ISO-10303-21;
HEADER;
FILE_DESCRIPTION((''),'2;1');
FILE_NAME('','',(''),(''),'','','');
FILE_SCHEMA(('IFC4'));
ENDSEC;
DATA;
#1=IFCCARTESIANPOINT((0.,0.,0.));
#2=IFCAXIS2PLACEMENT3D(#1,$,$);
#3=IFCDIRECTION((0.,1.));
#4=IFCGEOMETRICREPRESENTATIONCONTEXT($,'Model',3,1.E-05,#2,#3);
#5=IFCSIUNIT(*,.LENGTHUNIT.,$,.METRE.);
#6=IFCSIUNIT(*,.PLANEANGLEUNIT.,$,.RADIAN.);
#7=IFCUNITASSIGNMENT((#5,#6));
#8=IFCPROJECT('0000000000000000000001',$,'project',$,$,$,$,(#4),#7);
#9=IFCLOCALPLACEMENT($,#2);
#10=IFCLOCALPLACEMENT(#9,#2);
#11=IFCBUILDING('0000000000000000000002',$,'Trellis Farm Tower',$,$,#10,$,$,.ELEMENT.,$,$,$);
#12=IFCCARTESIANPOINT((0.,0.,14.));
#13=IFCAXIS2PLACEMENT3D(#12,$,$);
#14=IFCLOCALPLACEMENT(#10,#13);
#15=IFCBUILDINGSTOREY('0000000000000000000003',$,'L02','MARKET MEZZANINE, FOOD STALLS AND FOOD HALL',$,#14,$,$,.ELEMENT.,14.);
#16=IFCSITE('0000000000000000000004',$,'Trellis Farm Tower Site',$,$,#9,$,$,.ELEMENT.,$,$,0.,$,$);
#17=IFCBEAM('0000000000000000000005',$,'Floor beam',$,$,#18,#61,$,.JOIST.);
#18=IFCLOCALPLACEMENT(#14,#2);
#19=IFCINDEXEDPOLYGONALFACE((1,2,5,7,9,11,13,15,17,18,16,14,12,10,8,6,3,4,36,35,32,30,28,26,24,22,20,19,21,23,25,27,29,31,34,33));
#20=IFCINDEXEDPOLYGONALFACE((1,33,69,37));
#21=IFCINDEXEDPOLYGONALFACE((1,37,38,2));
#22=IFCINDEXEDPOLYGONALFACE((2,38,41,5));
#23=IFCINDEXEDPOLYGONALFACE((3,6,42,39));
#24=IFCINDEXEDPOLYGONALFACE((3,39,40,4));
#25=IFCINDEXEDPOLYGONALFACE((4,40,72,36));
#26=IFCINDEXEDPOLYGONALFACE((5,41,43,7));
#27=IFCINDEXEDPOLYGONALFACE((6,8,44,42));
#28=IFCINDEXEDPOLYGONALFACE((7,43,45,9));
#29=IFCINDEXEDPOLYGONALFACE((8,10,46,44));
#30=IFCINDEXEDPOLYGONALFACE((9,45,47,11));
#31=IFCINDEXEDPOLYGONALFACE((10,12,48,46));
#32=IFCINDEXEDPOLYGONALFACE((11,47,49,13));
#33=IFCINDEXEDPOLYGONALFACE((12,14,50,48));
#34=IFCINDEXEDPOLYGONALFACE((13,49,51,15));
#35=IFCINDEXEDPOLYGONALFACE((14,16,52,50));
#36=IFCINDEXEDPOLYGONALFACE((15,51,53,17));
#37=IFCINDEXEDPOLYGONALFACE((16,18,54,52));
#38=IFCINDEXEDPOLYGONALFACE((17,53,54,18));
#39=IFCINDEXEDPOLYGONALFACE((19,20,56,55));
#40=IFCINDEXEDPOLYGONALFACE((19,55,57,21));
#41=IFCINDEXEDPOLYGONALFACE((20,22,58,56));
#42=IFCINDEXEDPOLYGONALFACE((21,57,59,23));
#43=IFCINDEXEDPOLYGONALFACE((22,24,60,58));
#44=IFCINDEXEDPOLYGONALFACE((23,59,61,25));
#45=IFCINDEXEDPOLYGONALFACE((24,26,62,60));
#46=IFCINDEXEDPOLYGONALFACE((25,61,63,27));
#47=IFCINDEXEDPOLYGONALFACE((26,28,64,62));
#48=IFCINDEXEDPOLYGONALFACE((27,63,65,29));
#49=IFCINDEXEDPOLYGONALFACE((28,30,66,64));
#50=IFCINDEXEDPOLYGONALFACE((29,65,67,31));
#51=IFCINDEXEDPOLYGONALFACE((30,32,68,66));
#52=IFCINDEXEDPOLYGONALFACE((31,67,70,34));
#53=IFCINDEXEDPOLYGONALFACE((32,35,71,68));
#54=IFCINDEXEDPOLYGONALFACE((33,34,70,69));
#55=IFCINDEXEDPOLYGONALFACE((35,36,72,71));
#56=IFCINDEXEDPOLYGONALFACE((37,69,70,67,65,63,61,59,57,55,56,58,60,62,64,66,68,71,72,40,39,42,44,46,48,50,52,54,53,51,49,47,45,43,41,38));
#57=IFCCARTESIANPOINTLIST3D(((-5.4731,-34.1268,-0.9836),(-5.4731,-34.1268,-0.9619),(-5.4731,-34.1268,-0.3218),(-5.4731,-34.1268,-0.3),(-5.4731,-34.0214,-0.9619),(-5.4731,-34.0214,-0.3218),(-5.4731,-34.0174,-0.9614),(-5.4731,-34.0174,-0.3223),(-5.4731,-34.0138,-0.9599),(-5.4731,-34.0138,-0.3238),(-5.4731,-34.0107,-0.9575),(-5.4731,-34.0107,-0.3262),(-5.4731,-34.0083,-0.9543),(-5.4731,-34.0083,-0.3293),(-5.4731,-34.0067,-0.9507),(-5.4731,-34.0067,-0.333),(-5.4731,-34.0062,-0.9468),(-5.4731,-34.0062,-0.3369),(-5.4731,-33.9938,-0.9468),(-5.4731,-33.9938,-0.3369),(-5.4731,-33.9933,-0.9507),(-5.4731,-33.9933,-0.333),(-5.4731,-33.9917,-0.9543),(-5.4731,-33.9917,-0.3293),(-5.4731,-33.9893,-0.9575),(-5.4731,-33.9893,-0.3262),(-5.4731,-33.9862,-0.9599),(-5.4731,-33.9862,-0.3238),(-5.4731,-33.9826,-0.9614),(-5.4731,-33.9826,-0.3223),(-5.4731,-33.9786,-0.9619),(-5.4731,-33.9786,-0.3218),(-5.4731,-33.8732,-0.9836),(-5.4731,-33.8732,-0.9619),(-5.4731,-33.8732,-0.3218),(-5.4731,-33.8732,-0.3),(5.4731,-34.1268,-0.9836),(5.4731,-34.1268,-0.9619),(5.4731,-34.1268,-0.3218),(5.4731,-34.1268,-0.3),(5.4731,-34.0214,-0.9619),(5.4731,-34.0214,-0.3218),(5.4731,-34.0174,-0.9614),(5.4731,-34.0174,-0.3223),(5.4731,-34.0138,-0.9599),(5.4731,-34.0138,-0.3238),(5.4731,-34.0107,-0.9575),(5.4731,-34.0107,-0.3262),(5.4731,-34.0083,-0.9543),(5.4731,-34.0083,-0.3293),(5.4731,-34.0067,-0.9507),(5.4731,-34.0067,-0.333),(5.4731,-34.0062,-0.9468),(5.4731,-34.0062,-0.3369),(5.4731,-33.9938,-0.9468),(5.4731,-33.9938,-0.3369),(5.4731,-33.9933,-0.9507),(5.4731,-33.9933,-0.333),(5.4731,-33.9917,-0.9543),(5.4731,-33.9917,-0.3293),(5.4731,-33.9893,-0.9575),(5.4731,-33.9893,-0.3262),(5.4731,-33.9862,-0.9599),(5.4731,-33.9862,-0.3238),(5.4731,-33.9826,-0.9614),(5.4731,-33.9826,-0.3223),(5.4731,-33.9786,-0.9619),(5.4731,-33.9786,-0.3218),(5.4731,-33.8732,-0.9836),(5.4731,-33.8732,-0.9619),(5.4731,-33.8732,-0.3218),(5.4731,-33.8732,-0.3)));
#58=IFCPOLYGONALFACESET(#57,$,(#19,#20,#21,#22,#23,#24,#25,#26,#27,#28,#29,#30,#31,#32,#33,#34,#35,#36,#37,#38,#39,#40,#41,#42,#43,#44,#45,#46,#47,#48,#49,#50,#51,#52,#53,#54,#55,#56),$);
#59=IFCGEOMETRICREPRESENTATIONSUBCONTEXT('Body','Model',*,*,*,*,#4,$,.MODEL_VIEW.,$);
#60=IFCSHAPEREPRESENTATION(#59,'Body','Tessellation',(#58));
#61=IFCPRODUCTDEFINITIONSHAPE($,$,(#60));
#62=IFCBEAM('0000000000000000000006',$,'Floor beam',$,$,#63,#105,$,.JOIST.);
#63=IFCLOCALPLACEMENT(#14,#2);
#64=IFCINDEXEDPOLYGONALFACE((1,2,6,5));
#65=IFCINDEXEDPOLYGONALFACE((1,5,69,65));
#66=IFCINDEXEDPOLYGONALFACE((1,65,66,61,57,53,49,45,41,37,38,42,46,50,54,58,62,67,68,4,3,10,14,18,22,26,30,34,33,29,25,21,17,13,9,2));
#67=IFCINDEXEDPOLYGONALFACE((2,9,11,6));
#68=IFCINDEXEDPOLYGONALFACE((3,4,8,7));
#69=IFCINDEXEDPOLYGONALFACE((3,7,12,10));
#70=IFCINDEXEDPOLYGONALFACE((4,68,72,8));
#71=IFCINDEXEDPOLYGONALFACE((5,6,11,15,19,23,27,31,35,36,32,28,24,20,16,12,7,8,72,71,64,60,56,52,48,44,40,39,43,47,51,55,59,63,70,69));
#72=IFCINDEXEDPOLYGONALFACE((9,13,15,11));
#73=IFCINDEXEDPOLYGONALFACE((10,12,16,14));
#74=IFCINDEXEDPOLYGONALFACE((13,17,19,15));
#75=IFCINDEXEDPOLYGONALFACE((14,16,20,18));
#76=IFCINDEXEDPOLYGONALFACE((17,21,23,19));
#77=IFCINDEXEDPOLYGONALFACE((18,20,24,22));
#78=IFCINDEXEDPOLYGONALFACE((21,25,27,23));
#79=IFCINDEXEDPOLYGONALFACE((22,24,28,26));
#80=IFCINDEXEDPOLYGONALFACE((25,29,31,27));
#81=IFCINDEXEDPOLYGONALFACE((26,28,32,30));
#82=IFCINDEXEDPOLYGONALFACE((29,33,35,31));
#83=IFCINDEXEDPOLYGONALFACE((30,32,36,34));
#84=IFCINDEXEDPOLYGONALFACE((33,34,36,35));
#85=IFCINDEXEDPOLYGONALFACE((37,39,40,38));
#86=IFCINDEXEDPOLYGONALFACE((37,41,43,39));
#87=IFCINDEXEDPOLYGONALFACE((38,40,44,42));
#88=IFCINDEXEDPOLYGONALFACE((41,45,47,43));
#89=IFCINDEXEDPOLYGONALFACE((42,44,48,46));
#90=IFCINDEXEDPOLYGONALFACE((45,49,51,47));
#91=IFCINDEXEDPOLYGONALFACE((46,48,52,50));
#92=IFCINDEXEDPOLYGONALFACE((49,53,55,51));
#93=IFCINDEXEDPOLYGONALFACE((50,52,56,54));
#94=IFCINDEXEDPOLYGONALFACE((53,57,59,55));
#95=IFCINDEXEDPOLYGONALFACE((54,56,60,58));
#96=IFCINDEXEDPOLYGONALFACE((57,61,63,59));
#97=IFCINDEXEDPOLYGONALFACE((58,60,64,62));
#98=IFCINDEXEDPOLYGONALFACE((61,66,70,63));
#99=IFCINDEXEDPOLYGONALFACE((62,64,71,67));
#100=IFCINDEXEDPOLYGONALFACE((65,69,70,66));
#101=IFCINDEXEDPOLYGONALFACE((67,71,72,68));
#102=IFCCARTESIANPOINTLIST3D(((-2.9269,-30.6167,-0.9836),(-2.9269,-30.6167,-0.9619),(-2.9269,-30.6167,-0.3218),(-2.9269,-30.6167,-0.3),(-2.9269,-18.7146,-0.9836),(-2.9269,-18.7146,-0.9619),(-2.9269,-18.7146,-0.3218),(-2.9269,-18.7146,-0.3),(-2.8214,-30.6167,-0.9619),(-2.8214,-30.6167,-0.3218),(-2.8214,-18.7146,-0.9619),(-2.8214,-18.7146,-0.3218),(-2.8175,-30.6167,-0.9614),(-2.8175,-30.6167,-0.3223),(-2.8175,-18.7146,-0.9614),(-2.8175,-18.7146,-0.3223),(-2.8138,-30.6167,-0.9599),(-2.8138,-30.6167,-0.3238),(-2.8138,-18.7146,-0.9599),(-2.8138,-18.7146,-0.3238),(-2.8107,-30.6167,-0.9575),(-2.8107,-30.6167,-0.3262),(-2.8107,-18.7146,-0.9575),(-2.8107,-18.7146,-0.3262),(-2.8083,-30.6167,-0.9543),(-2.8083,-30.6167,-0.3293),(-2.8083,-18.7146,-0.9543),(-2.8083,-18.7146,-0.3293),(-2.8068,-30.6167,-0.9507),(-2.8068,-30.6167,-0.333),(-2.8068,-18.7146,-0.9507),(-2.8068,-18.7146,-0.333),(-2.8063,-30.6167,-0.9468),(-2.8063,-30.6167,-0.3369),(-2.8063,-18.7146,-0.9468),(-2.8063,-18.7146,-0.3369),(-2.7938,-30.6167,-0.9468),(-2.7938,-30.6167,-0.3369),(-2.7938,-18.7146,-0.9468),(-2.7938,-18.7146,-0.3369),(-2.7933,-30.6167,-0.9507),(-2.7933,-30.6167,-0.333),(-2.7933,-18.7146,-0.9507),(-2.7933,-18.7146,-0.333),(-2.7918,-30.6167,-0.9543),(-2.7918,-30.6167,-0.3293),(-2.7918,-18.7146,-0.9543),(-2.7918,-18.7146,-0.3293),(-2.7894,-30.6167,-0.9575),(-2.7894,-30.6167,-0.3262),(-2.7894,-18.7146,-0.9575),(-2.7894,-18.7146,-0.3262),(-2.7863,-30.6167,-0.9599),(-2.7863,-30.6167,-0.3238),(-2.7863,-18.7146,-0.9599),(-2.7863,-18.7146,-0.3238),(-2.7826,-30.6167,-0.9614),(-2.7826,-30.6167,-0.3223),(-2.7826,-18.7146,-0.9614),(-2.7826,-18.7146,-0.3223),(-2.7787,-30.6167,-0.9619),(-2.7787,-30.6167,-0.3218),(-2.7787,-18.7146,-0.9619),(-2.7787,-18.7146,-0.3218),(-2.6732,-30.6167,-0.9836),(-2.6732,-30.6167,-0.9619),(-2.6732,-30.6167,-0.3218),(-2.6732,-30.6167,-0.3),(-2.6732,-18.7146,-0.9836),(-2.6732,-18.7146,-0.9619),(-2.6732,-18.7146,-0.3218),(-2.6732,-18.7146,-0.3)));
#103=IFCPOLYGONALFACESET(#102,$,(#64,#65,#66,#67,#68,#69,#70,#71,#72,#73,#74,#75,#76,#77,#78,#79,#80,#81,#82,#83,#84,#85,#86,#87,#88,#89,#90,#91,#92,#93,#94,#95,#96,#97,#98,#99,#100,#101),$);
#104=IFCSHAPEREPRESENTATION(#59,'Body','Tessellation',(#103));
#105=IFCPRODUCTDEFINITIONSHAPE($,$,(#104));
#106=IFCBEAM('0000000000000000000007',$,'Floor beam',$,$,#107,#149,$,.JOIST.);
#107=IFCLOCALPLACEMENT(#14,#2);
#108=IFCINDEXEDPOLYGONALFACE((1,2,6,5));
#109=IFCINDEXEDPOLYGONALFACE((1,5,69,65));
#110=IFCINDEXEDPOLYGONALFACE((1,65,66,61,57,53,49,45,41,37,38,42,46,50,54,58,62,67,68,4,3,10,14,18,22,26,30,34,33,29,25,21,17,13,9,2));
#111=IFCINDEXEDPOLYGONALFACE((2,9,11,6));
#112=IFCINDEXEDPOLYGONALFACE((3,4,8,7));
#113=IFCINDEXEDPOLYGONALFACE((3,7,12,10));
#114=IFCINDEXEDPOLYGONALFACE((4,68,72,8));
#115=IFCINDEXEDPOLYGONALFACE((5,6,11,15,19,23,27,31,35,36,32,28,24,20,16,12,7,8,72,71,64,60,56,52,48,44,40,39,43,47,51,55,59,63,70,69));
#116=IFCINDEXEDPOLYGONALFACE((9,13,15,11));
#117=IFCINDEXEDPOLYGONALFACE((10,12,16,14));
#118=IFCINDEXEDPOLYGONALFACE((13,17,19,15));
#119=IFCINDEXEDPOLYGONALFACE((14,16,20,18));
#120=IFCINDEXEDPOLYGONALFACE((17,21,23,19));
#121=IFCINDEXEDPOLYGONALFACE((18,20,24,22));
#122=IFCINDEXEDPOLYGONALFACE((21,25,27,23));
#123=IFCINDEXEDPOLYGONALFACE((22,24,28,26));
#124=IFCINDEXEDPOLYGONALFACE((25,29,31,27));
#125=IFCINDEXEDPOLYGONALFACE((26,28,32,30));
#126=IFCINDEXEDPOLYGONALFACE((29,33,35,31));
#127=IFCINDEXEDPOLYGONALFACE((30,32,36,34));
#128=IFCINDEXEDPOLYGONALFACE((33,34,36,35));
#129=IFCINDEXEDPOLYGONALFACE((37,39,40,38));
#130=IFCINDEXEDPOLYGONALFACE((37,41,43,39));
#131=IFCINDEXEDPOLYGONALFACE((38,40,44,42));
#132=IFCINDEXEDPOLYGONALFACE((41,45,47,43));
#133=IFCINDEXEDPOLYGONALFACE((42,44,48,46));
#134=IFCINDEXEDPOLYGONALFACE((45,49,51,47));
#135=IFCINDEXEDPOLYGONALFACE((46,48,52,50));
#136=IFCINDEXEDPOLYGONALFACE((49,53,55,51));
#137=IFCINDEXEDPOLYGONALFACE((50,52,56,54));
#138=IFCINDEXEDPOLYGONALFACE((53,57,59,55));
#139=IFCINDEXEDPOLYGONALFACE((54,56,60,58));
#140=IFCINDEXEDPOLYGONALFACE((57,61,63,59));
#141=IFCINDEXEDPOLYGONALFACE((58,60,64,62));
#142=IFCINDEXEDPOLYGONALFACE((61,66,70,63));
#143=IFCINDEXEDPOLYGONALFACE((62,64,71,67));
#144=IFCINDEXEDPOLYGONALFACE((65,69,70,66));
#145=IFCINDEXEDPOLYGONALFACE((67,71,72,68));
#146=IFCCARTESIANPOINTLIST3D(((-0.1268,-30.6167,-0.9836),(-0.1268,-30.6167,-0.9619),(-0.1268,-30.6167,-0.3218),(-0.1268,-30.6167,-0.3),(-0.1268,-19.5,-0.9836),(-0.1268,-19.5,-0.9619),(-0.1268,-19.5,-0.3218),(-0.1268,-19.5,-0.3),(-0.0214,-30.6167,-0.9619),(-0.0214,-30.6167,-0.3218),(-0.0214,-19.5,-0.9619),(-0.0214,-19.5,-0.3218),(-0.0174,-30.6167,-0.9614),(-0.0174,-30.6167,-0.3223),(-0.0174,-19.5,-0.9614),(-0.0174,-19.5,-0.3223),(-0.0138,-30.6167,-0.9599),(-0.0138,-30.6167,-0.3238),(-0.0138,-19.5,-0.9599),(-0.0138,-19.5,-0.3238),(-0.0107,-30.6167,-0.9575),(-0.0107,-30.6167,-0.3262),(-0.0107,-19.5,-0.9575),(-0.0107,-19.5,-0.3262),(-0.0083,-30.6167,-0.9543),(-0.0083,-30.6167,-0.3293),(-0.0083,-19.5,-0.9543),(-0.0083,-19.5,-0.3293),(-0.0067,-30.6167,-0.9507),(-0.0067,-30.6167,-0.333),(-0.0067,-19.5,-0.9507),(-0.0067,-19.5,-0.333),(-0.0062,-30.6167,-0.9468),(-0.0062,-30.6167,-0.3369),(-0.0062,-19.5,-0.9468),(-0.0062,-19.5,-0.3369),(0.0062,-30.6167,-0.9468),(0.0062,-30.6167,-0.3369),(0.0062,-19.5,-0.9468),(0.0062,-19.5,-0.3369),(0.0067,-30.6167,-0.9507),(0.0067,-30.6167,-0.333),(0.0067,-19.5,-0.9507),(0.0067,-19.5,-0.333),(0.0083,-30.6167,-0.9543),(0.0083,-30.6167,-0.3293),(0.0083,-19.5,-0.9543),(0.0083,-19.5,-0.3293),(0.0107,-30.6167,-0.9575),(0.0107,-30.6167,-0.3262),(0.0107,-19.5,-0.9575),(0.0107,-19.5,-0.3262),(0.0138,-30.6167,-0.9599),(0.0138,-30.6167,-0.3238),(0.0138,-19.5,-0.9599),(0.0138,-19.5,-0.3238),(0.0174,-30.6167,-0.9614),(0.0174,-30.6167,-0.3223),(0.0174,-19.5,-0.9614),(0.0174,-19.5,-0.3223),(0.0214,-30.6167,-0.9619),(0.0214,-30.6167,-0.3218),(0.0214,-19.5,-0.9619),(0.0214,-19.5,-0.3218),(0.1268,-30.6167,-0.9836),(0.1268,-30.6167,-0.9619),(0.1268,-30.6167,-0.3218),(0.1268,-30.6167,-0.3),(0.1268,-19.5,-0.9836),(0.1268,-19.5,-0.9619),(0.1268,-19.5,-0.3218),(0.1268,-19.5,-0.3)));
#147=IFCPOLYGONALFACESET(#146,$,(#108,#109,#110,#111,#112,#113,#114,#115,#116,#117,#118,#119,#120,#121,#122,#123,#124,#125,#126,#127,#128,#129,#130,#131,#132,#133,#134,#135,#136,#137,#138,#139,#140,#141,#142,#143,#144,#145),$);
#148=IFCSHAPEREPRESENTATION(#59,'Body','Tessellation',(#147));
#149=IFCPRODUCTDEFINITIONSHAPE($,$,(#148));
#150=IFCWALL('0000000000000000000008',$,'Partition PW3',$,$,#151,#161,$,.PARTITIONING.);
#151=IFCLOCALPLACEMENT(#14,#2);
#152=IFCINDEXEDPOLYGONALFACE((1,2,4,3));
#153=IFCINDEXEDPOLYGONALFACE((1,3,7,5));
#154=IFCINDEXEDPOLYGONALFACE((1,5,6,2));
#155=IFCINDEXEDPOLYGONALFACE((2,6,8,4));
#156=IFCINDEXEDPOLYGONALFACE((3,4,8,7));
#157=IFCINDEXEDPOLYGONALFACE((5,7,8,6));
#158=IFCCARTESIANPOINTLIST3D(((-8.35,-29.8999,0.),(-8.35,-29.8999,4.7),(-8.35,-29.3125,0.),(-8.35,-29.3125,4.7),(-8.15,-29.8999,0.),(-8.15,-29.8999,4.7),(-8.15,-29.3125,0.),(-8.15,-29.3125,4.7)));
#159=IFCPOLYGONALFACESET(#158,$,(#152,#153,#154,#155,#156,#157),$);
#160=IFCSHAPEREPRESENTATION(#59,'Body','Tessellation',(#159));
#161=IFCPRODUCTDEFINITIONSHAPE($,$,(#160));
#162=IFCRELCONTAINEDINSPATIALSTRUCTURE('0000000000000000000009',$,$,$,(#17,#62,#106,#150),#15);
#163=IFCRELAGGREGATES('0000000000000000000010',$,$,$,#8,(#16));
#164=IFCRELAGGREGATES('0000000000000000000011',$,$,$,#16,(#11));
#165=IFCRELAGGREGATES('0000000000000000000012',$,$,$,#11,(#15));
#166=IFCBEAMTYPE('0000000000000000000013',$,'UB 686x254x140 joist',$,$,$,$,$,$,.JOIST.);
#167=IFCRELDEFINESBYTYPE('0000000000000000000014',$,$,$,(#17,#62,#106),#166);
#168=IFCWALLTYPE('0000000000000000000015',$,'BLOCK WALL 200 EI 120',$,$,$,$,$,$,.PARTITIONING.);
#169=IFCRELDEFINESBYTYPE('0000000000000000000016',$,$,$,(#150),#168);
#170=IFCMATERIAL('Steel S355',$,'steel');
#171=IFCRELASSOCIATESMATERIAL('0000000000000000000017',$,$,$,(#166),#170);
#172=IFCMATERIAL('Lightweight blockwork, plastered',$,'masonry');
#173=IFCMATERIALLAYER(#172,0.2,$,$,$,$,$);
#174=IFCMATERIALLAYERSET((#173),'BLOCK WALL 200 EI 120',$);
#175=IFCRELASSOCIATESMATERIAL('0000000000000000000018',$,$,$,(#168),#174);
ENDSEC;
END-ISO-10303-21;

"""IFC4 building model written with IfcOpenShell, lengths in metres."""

from ifc_helpers import new_model, si_unit, direction, frame, frame_2d, origin, origin_2d, place, context, subcontext, project, spatial, rectangle, i_section, extrude, source, transform, mapped, material, layer, layer_set, material_profile, profile_set, type_object, element, save


model = new_model("IFC4")

# Units and contexts
model_context = context("Model", 3, precision=1e-05, world=origin(), true_north=direction((0.0, 1.0)))
body_context = subcontext(model_context, "Body", "Model", "MODEL_VIEW")
ifc_project = project(units=[si_unit("LENGTHUNIT", "METRE"), si_unit("PLANEANGLEUNIT", "RADIAN")], contexts=[model_context])

# Site, building, storey
site_placement = place(None, origin())
site = spatial("IfcSite", under=ifc_project, at=site_placement, Name="Trellis Farm Tower Site", CompositionType="ELEMENT", RefElevation=0.0)
building_placement = place(site_placement, origin())
building = spatial("IfcBuilding", under=site, at=building_placement, Name="Trellis Farm Tower", CompositionType="ELEMENT")
storey_placement = place(building_placement, frame((0.0, 0.0, 14.0)))
storey = spatial("IfcBuildingStorey", under=building, at=storey_placement, Name="L02", Description="MARKET MEZZANINE, FOOD STALLS AND FOOD HALL", CompositionType="ELEMENT", Elevation=14.0)

# Beams
ifc_material_1 = material(Name="Steel S355", Category="steel")
ifc_material_profile_1 = material_profile(ifc_material_1, i_section(OverallWidth=0.2537, OverallDepth=0.6836, WebThickness=0.0125, FlangeThickness=0.0217, FilletRadius=0.0151, at=origin_2d()), Name="UB 686x254x140")
ifc_profile_set_1 = profile_set([ifc_material_profile_1], Name="Steel S355")
beam_type_1 = type_object("IfcBeamType", Name="UB 686x254x140 joist", PredefinedType="JOIST", material=ifc_profile_set_1)
shared_shape_1 = source(origin(), body_context, "Body", "SweptSolid", [
    extrude(i_section(OverallWidth=0.2537, OverallDepth=0.6836, WebThickness=0.0125, FlangeThickness=0.0217, FilletRadius=0.0151, at=origin_2d()), origin(), (0.0, 0.0, 1.0), 10.9463),
])
for number, where, z_axis, x_axis, name in (
    (1, (-5.4731, -34.0, -0.6418), (1.0, 0.0, 0.0), (0.0, 1.0, 0.0), "Floor beam"),
):
    element("IfcBeam", number, at=place(storey_placement, frame(where, z_axis=z_axis, x_axis=x_axis)), inside=storey, type_object=beam_type_1, Name=name, PredefinedType="JOIST", context=body_context, shape_type="MappedRepresentation", body=[
        mapped(shared_shape_1, transform((0.0, 0.0, 0.0))),
    ])
shared_shape_2 = source(origin(), body_context, "Body", "SweptSolid", [
    extrude(i_section(OverallWidth=0.2537, OverallDepth=0.6836, WebThickness=0.0125, FlangeThickness=0.0217, FilletRadius=0.0151, at=origin_2d()), origin(), (0.0, 0.0, 1.0), 11.9021),
])
beam_1_placement = place(storey_placement, frame((-2.8, -30.6167, -0.6418), z_axis=(0.0, 1.0, 0.0), x_axis=(-1.0, 0.0, 0.0)))
element("IfcBeam", 2, at=beam_1_placement, inside=storey, type_object=beam_type_1, Name="Floor beam", PredefinedType="JOIST", context=body_context, shape_type="MappedRepresentation", body=[
    mapped(shared_shape_2, transform((0.0, 0.0, 0.0))),
])
shared_shape_3 = source(origin(), body_context, "Body", "SweptSolid", [
    extrude(i_section(OverallWidth=0.2537, OverallDepth=0.6836, WebThickness=0.0125, FlangeThickness=0.0217, FilletRadius=0.0151, at=origin_2d()), origin(), (0.0, 0.0, 1.0), 11.1167),
])
beam_2_placement = place(storey_placement, frame((0.0, -30.6167, -0.6418), z_axis=(0.0, 1.0, 0.0), x_axis=(-1.0, 0.0, 0.0)))
element("IfcBeam", 3, at=beam_2_placement, inside=storey, type_object=beam_type_1, Name="Floor beam", PredefinedType="JOIST", context=body_context, shape_type="MappedRepresentation", body=[
    mapped(shared_shape_3, transform((0.0, 0.0, 0.0))),
])

# Wall
ifc_material_2 = material(Name="Lightweight blockwork, plastered", Category="masonry")
ifc_layer = layer(ifc_material_2, 0.2)
ifc_layer_set = layer_set([ifc_layer], Name="BLOCK WALL 200 EI 120")
wall_type = type_object("IfcWallType", Name="BLOCK WALL 200 EI 120", PredefinedType="PARTITIONING", material=ifc_layer_set)
shared_shape_4 = source(origin(), body_context, "Body", "SweptSolid", [
    extrude(rectangle(XDim=0.5874, YDim=0.2, at=frame_2d((0.2937, 0.0))), origin(), (0.0, 0.0, 1.0), 4.7),
])
wall_1_placement = place(storey_placement, frame((-8.25, -29.8999, 0.0), z_axis=(0.0, 0.0, 1.0), x_axis=(0.0, 1.0, 0.0)))
element("IfcWall", 4, at=wall_1_placement, inside=storey, type_object=wall_type, Name="Partition PW3", PredefinedType="PARTITIONING", context=body_context, shape_type="MappedRepresentation", body=[
    mapped(shared_shape_4, transform((0.0, 0.0, 0.0))),
])

save(model, "model.ifc")
